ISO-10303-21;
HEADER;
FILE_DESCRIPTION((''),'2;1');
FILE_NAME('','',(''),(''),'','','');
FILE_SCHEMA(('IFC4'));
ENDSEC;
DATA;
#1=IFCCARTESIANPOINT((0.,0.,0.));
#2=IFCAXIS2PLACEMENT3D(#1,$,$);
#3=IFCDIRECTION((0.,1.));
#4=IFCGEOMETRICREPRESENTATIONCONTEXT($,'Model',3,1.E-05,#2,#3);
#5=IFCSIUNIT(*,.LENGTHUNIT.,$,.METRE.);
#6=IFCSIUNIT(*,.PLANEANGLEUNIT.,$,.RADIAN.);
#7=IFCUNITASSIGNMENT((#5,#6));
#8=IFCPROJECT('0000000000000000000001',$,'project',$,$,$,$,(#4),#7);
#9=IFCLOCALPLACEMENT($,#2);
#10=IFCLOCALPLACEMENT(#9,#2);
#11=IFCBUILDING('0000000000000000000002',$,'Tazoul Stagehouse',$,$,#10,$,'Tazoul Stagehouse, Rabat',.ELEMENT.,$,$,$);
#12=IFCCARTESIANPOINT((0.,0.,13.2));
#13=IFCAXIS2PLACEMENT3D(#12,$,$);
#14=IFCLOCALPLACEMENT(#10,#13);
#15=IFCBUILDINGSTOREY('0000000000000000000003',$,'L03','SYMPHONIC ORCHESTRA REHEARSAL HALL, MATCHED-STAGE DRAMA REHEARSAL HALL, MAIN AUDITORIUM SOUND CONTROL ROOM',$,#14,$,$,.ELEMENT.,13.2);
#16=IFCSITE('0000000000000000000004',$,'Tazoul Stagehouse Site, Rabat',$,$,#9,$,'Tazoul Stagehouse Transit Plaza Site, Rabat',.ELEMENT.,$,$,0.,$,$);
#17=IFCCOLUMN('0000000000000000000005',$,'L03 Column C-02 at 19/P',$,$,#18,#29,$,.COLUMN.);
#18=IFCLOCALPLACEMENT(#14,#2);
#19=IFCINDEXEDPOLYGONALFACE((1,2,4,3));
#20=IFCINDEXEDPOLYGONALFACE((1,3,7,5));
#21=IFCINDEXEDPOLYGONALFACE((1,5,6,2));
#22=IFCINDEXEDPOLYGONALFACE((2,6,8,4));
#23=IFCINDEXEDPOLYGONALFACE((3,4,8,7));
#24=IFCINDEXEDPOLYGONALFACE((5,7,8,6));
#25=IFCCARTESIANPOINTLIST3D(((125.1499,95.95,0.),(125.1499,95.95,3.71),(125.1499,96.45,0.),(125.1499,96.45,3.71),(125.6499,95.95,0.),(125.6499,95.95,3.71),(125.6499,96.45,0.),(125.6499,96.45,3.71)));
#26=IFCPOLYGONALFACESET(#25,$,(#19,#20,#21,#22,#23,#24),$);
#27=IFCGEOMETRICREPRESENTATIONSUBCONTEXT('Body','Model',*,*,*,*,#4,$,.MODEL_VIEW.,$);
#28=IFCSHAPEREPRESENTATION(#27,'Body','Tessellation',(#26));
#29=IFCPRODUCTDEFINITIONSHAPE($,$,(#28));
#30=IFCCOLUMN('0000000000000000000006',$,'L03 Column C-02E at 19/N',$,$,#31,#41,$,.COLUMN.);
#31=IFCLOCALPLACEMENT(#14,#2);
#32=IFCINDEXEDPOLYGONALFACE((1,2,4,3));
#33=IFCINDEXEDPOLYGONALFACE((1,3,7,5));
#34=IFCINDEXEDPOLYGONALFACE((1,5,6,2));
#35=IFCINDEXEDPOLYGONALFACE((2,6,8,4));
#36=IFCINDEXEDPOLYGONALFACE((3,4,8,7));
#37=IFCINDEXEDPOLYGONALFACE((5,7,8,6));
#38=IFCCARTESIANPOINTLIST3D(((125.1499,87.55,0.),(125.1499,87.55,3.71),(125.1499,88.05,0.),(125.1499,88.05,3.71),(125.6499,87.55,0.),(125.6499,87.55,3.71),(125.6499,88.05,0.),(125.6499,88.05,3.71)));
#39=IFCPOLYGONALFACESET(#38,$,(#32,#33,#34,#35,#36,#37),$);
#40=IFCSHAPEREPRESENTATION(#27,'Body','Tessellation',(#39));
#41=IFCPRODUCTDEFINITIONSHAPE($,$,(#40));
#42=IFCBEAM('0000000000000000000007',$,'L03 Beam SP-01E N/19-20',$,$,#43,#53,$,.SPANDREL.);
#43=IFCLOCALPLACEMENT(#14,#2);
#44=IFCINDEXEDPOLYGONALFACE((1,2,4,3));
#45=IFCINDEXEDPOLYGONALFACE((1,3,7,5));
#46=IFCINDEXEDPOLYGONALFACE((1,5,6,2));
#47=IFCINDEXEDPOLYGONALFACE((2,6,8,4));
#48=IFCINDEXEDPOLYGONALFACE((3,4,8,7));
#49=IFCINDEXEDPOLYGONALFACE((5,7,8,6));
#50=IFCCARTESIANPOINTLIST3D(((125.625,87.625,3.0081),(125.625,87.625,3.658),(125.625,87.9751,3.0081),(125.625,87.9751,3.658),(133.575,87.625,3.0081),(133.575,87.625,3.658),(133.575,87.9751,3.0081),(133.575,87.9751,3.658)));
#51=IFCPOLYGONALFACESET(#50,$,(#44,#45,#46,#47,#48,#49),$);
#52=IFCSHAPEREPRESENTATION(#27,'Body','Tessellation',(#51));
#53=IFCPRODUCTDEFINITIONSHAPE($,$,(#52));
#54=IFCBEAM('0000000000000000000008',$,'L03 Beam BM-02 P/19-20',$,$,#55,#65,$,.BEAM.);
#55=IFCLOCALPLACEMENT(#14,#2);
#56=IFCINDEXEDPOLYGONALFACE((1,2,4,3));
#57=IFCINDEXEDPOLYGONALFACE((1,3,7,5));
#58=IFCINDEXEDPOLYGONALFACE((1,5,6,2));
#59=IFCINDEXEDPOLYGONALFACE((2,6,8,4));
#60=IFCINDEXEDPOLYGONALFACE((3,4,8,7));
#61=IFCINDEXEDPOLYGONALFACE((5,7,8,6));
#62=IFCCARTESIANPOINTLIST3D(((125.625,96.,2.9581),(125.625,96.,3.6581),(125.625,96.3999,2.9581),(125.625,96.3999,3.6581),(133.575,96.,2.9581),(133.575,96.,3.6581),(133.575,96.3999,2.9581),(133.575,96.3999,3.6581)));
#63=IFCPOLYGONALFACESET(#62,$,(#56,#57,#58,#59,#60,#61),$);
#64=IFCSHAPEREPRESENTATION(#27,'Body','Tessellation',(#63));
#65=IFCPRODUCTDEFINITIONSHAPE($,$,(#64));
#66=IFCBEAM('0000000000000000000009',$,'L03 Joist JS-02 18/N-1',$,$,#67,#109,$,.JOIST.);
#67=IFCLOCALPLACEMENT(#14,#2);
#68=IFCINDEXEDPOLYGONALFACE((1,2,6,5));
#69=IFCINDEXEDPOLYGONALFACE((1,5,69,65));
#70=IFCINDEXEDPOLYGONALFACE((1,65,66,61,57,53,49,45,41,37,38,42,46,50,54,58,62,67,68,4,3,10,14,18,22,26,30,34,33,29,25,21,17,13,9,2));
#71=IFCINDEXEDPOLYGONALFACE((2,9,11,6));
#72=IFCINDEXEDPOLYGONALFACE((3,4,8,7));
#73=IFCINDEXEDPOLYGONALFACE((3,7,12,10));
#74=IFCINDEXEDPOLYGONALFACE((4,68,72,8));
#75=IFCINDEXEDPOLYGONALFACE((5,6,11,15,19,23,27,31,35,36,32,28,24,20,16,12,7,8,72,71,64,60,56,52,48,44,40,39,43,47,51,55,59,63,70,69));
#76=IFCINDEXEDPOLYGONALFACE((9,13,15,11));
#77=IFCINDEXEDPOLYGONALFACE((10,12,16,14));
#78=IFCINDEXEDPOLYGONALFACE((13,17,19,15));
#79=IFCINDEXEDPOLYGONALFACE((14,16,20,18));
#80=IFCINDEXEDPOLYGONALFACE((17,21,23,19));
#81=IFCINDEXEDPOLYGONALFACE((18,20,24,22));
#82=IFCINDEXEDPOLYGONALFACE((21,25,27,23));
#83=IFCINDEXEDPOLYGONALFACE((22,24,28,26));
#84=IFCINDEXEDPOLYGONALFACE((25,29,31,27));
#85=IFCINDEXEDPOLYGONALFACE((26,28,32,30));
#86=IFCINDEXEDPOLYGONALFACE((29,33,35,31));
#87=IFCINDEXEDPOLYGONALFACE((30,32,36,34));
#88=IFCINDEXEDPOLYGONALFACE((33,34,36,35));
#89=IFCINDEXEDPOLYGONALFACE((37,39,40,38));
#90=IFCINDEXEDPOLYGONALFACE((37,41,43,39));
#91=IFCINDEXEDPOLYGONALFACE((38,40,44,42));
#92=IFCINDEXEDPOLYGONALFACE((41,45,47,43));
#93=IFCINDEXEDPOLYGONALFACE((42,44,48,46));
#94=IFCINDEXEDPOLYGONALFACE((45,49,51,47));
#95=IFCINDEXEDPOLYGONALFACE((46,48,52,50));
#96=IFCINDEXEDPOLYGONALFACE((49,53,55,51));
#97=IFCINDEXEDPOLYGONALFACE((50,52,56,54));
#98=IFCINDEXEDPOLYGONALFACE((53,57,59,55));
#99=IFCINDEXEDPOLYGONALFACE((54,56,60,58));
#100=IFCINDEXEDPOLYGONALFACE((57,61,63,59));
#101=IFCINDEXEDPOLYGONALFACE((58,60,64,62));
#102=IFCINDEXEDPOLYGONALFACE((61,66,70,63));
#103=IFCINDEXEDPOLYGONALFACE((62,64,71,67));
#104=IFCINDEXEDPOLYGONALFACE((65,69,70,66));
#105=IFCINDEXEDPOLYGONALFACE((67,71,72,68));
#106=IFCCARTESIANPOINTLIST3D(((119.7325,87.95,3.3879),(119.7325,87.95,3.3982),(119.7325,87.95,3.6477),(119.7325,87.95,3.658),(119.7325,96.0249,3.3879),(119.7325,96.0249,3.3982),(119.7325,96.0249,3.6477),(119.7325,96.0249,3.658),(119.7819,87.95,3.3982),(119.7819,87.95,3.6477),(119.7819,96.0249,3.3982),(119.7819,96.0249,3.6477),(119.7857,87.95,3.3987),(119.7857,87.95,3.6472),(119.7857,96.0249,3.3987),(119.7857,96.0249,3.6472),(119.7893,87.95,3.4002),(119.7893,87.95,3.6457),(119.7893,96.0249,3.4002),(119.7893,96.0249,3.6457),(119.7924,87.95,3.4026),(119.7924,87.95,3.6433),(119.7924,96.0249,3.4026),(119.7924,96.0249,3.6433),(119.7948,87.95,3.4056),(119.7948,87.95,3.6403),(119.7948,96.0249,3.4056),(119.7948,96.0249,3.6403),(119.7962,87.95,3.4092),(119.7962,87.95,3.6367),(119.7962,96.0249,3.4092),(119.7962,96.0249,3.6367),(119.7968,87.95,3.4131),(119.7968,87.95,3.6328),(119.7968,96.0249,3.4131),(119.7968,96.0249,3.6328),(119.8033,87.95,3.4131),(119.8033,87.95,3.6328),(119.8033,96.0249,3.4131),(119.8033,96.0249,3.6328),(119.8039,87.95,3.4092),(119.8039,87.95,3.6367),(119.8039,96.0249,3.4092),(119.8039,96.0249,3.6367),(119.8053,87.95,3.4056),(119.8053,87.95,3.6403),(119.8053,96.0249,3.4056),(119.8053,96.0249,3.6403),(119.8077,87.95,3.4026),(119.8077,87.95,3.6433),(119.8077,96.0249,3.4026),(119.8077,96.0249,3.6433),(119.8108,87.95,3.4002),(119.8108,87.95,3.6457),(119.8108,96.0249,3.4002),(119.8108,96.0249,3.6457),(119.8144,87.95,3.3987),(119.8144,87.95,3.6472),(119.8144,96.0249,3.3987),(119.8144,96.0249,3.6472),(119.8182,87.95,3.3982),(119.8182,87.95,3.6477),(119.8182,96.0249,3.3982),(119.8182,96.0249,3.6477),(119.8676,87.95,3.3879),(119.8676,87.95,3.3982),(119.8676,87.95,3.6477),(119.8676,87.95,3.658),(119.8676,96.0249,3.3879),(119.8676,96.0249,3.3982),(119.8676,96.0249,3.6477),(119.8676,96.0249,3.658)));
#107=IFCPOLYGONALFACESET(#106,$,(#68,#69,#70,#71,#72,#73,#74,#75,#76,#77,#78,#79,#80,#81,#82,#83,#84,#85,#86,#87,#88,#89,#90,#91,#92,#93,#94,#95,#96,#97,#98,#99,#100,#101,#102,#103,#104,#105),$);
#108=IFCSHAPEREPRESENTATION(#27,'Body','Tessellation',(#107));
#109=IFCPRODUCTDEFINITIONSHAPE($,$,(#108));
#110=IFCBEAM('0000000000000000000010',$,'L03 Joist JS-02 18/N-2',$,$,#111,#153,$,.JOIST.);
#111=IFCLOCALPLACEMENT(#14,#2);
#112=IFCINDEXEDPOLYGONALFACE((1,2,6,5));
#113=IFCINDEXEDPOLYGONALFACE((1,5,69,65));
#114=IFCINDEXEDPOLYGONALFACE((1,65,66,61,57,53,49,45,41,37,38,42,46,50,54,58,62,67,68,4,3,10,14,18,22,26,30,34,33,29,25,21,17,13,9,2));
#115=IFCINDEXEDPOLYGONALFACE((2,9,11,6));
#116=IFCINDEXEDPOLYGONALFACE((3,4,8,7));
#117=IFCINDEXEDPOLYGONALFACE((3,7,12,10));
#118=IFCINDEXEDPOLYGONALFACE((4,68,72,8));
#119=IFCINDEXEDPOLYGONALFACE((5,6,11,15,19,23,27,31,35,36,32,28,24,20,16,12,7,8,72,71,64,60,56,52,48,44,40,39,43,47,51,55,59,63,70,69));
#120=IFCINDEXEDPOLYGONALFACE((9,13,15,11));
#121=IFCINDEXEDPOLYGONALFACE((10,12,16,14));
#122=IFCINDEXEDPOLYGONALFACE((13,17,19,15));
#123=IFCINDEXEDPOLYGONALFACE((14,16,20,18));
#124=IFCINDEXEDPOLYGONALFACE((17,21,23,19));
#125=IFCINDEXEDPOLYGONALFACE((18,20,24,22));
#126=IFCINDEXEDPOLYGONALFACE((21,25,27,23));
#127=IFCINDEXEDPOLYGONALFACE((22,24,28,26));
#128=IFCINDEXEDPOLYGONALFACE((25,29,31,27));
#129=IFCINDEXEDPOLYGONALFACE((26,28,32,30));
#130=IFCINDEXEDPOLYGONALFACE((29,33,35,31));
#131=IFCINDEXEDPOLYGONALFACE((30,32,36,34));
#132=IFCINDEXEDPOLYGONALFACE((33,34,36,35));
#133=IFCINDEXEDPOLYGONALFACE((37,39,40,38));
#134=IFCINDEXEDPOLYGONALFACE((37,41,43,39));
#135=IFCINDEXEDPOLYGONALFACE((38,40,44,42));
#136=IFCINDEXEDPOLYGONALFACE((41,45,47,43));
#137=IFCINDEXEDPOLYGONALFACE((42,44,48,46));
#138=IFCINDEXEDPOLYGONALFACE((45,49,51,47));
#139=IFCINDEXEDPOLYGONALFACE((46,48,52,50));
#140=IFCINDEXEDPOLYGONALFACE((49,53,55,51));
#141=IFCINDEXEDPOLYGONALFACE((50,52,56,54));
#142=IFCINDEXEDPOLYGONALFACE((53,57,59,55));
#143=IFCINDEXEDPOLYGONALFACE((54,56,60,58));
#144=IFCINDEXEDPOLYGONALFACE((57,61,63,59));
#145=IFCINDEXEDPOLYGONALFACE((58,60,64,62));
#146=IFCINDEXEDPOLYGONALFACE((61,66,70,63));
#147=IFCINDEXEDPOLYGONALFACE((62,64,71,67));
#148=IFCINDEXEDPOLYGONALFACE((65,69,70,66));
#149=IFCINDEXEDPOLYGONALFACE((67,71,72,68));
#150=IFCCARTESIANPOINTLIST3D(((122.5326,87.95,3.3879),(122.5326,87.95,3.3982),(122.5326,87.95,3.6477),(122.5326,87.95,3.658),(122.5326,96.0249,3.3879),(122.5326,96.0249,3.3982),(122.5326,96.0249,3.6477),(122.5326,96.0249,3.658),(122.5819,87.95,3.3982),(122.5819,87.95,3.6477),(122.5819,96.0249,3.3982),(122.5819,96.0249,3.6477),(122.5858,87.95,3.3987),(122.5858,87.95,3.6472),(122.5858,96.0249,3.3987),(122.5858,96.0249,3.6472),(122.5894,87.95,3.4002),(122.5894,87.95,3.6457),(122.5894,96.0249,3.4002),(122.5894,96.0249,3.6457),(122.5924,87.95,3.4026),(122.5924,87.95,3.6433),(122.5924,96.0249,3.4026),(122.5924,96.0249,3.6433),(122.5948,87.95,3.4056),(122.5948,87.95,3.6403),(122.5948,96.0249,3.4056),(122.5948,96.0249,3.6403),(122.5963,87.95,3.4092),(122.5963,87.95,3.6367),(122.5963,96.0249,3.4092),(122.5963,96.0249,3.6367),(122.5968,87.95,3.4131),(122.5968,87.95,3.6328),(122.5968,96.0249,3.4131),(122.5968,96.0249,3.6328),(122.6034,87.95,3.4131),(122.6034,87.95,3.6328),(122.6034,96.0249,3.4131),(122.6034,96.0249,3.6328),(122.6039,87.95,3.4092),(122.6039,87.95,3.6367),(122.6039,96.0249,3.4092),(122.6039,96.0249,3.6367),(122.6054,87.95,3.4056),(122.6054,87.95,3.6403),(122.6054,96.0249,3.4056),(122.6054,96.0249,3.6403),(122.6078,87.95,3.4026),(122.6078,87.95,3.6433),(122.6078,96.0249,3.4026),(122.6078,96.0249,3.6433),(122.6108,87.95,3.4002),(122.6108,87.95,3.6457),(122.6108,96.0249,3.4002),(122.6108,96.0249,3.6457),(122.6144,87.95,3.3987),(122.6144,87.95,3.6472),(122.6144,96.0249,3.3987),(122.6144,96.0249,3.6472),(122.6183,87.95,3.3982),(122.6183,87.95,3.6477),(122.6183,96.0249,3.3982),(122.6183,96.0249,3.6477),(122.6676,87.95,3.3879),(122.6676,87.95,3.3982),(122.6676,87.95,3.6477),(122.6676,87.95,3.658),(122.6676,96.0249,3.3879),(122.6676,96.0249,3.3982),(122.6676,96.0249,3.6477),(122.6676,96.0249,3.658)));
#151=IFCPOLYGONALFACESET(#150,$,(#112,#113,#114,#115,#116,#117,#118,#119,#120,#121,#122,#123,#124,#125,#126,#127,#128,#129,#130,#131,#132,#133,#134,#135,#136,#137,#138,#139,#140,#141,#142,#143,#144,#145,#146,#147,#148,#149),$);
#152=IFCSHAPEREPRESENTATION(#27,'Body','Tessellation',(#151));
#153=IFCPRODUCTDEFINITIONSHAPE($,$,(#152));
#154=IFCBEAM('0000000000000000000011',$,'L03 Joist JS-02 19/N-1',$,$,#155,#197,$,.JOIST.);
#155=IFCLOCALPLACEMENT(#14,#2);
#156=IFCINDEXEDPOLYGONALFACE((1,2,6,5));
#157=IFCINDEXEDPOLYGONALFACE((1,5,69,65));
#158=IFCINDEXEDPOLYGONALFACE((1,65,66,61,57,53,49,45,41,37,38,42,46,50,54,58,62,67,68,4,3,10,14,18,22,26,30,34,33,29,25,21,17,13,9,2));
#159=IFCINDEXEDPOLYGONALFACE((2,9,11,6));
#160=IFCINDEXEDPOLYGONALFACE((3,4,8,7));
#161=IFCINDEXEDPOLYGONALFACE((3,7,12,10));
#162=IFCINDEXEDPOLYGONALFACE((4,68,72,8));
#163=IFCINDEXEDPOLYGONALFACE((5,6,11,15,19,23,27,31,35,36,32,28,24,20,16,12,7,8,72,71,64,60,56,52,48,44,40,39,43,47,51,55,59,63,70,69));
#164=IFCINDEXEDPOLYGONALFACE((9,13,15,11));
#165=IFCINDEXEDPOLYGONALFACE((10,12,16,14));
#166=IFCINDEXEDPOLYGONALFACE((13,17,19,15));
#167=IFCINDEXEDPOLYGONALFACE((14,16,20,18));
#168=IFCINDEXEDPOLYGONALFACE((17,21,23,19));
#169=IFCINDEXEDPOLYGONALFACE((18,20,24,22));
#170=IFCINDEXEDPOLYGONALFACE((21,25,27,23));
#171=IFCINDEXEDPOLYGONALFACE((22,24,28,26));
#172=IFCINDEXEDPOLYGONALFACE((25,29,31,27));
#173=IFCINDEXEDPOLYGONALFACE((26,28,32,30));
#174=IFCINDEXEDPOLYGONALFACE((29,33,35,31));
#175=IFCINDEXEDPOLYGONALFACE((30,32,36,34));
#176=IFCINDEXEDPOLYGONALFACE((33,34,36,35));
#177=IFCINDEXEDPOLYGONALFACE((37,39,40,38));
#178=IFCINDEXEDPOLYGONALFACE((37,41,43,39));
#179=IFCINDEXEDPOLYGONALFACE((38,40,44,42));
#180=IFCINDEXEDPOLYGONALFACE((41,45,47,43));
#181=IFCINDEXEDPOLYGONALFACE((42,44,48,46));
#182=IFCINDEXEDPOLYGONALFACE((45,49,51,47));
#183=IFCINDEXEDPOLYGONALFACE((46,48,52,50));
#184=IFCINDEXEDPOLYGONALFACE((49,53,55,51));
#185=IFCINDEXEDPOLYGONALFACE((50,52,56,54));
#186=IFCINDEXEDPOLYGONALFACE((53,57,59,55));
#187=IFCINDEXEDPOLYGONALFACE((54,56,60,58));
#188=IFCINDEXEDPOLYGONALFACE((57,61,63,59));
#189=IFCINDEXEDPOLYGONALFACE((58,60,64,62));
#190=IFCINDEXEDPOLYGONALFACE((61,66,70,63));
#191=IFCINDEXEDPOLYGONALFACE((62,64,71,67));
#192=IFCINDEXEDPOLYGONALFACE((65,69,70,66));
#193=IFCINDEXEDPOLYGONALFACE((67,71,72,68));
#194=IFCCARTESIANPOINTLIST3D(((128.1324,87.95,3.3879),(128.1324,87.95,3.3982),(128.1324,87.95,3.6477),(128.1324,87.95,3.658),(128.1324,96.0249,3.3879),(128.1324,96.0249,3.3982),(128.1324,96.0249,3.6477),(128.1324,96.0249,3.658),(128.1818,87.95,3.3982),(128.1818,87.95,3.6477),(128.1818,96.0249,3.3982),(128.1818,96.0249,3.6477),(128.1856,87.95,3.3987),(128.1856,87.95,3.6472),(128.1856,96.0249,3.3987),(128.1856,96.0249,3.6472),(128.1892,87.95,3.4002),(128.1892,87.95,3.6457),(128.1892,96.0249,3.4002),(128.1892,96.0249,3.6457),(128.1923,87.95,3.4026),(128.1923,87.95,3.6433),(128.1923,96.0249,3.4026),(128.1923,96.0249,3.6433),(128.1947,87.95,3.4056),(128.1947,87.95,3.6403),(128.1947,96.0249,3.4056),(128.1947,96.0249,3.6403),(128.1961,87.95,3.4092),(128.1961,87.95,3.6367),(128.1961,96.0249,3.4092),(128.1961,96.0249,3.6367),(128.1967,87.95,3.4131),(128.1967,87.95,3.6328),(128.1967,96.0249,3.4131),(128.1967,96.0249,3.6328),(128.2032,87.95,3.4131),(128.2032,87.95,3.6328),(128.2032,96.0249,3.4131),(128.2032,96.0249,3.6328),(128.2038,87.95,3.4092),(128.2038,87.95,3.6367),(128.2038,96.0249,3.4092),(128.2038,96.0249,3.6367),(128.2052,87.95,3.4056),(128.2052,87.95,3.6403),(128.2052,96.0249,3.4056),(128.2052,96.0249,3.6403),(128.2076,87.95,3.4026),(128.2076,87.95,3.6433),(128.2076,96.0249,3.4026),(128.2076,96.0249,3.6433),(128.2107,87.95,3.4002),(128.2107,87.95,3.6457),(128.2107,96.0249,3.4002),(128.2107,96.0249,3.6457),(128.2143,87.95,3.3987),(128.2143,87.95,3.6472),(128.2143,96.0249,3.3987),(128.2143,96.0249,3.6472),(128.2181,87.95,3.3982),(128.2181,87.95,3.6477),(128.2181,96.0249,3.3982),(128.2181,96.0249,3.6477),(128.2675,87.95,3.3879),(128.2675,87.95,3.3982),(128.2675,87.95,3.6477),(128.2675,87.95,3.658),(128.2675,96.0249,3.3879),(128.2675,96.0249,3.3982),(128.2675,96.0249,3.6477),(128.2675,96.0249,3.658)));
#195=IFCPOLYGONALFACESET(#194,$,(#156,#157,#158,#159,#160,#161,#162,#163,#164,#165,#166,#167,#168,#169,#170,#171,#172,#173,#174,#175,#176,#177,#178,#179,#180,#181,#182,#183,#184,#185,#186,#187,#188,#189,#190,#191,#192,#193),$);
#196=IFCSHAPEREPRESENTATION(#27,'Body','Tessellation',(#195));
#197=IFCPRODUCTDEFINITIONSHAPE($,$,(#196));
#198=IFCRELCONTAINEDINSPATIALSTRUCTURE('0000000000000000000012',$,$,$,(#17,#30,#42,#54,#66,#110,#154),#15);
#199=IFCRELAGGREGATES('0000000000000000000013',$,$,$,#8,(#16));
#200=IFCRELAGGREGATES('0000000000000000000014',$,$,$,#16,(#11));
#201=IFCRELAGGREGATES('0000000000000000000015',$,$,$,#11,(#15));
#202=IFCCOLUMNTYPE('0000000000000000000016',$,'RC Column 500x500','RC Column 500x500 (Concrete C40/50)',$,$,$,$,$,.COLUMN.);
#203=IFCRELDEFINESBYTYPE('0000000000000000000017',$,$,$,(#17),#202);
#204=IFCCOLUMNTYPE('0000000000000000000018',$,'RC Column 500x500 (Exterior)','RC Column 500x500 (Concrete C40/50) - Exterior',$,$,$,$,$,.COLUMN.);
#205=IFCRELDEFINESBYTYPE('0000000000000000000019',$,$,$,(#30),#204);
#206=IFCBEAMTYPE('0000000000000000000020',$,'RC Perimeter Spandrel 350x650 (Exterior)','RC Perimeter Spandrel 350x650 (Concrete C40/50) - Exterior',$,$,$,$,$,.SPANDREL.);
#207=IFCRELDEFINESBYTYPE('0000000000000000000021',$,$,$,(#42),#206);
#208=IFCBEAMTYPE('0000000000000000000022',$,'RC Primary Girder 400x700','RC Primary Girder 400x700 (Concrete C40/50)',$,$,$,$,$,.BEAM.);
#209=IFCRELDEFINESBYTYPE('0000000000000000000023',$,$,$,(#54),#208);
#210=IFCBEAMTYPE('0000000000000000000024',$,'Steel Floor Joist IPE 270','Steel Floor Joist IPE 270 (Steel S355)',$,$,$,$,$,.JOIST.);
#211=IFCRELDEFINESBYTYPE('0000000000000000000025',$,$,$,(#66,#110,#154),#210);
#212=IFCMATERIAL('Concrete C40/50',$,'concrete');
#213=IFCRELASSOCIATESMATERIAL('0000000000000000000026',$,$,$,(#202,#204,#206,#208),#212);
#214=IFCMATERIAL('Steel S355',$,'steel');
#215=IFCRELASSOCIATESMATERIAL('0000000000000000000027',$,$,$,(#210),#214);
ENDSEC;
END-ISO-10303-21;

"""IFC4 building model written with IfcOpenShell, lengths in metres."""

from ifc_helpers import new_model, si_unit, direction, frame, origin, origin_2d, place, context, subcontext, project, spatial, rectangle, i_section, extrude, material, material_profile, profile_set, type_object, element, save


model = new_model("IFC4")

# Units and contexts
model_context = context("Model", 3, precision=1e-05, world=origin(), true_north=direction((0.0, 1.0)))
body_context = subcontext(model_context, "Body", "Model", "MODEL_VIEW")
ifc_project = project(units=[si_unit("LENGTHUNIT", "METRE"), si_unit("PLANEANGLEUNIT", "RADIAN")], contexts=[model_context])

# Site, building, storey
site_placement = place(None, origin())
site = spatial("IfcSite", under=ifc_project, at=site_placement, Name="Tazoul Stagehouse Site, Rabat", LongName="Tazoul Stagehouse Transit Plaza Site, Rabat", CompositionType="ELEMENT", RefElevation=0.0)
building_placement = place(site_placement, origin())
building = spatial("IfcBuilding", under=site, at=building_placement, Name="Tazoul Stagehouse", LongName="Tazoul Stagehouse, Rabat", CompositionType="ELEMENT")
storey_placement = place(building_placement, frame((0.0, 0.0, 13.2)))
storey = spatial("IfcBuildingStorey", under=building, at=storey_placement, Name="L03", Description="SYMPHONIC ORCHESTRA REHEARSAL HALL, MATCHED-STAGE DRAMA REHEARSAL HALL, MAIN AUDITORIUM SOUND CONTROL ROOM", CompositionType="ELEMENT", Elevation=13.2)

# Columns
ifc_material_1 = material(Name="Concrete C40/50", Category="concrete")
ifc_material_profile_1 = material_profile(ifc_material_1, rectangle(XDim=0.5, YDim=0.5, at=origin_2d()), Name="RC 500x500")
ifc_profile_set_1 = profile_set([ifc_material_profile_1], Name="Concrete C40/50")
column_type_1 = type_object("IfcColumnType", Name="RC Column 500x500", Description="RC Column 500x500 (Concrete C40/50)", PredefinedType="COLUMN", material=ifc_profile_set_1)
column_1_placement = place(storey_placement, frame((125.3999, 96.2, 0.0), z_axis=(0.0, 0.0, 1.0), x_axis=(1.0, 0.0, 0.0)))
element("IfcColumn", 1, at=column_1_placement, inside=storey, type_object=column_type_1, Name="L03 Column C-02 at 19/P", PredefinedType="COLUMN", context=body_context, shape_type="SweptSolid", body=[
    extrude(rectangle(XDim=0.5, YDim=0.5, at=origin_2d()), origin(), (0.0, 0.0, 1.0), 3.71),
])
ifc_material_profile_2 = material_profile(ifc_material_1, rectangle(XDim=0.5, YDim=0.5, at=origin_2d()), Name="RC 500x500")
ifc_profile_set_2 = profile_set([ifc_material_profile_2], Name="Concrete C40/50")
column_type_2 = type_object("IfcColumnType", Name="RC Column 500x500 (Exterior)", Description="RC Column 500x500 (Concrete C40/50) - Exterior", PredefinedType="COLUMN", material=ifc_profile_set_2)
column_2_placement = place(storey_placement, frame((125.3999, 87.8, 0.0), z_axis=(0.0, 0.0, 1.0), x_axis=(1.0, 0.0, 0.0)))
element("IfcColumn", 2, at=column_2_placement, inside=storey, type_object=column_type_2, Name="L03 Column C-02E at 19/N", PredefinedType="COLUMN", context=body_context, shape_type="SweptSolid", body=[
    extrude(rectangle(XDim=0.5, YDim=0.5, at=origin_2d()), origin(), (0.0, 0.0, 1.0), 3.71),
])

# Beams
ifc_material_profile_3 = material_profile(ifc_material_1, rectangle(XDim=0.3501, YDim=0.6499, at=origin_2d()), Name="RC 350x650")
ifc_profile_set_3 = profile_set([ifc_material_profile_3], Name="Concrete C40/50")
beam_type_1 = type_object("IfcBeamType", Name="RC Perimeter Spandrel 350x650 (Exterior)", Description="RC Perimeter Spandrel 350x650 (Concrete C40/50) - Exterior", PredefinedType="SPANDREL", material=ifc_profile_set_3)
beam_1_placement = place(storey_placement, frame((125.625, 87.8, 3.333), z_axis=(1.0, 0.0, 0.0), x_axis=(0.0, 1.0, 0.0)))
element("IfcBeam", 3, at=beam_1_placement, inside=storey, type_object=beam_type_1, Name="L03 Beam SP-01E N/19-20", PredefinedType="SPANDREL", context=body_context, shape_type="SweptSolid", body=[
    extrude(rectangle(XDim=0.3501, YDim=0.6499, at=origin_2d()), origin(), (0.0, 0.0, 1.0), 7.95),
])
ifc_material_profile_4 = material_profile(ifc_material_1, rectangle(XDim=0.3999, YDim=0.7, at=origin_2d()), Name="RC 400x700")
ifc_profile_set_4 = profile_set([ifc_material_profile_4], Name="Concrete C40/50")
beam_type_2 = type_object("IfcBeamType", Name="RC Primary Girder 400x700", Description="RC Primary Girder 400x700 (Concrete C40/50)", PredefinedType="BEAM", material=ifc_profile_set_4)
beam_2_placement = place(storey_placement, frame((125.625, 96.2, 3.3081), z_axis=(1.0, 0.0, 0.0), x_axis=(0.0, 1.0, 0.0)))
element("IfcBeam", 4, at=beam_2_placement, inside=storey, type_object=beam_type_2, Name="L03 Beam BM-02 P/19-20", PredefinedType="BEAM", context=body_context, shape_type="SweptSolid", body=[
    extrude(rectangle(XDim=0.3999, YDim=0.7, at=origin_2d()), origin(), (0.0, 0.0, 1.0), 7.95),
])
ifc_material_2 = material(Name="Steel S355", Category="steel")
ifc_material_profile_5 = material_profile(ifc_material_2, i_section(OverallWidth=0.135, OverallDepth=0.27, WebThickness=0.0066, FlangeThickness=0.0103, FilletRadius=0.0149, at=origin_2d()), Name="IPE 270")
ifc_profile_set_5 = profile_set([ifc_material_profile_5], Name="Steel S355")
beam_type_3 = type_object("IfcBeamType", Name="Steel Floor Joist IPE 270", Description="Steel Floor Joist IPE 270 (Steel S355)", PredefinedType="JOIST", material=ifc_profile_set_5)
for number, where, z_axis, x_axis, name in (
    (5, (119.8, 87.95, 3.5229), (0.0, 1.0, 0.0), (-1.0, 0.0, 0.0), "L03 Joist JS-02 18/N-1"),
    (6, (122.6001, 87.95, 3.5229), (0.0, 1.0, 0.0), (-1.0, 0.0, 0.0), "L03 Joist JS-02 18/N-2"),
    (7, (128.2, 87.95, 3.5229), (0.0, 1.0, 0.0), (-1.0, 0.0, 0.0), "L03 Joist JS-02 19/N-1"),
):
    element("IfcBeam", number, at=place(storey_placement, frame(where, z_axis=z_axis, x_axis=x_axis)), inside=storey, type_object=beam_type_3, Name=name, PredefinedType="JOIST", context=body_context, shape_type="SweptSolid", body=[
        extrude(i_section(OverallWidth=0.135, OverallDepth=0.27, WebThickness=0.0066, FlangeThickness=0.0103, FilletRadius=0.0149, at=origin_2d()), origin(), (0.0, 0.0, 1.0), 8.075),
    ])

save(model, "model.ifc")
